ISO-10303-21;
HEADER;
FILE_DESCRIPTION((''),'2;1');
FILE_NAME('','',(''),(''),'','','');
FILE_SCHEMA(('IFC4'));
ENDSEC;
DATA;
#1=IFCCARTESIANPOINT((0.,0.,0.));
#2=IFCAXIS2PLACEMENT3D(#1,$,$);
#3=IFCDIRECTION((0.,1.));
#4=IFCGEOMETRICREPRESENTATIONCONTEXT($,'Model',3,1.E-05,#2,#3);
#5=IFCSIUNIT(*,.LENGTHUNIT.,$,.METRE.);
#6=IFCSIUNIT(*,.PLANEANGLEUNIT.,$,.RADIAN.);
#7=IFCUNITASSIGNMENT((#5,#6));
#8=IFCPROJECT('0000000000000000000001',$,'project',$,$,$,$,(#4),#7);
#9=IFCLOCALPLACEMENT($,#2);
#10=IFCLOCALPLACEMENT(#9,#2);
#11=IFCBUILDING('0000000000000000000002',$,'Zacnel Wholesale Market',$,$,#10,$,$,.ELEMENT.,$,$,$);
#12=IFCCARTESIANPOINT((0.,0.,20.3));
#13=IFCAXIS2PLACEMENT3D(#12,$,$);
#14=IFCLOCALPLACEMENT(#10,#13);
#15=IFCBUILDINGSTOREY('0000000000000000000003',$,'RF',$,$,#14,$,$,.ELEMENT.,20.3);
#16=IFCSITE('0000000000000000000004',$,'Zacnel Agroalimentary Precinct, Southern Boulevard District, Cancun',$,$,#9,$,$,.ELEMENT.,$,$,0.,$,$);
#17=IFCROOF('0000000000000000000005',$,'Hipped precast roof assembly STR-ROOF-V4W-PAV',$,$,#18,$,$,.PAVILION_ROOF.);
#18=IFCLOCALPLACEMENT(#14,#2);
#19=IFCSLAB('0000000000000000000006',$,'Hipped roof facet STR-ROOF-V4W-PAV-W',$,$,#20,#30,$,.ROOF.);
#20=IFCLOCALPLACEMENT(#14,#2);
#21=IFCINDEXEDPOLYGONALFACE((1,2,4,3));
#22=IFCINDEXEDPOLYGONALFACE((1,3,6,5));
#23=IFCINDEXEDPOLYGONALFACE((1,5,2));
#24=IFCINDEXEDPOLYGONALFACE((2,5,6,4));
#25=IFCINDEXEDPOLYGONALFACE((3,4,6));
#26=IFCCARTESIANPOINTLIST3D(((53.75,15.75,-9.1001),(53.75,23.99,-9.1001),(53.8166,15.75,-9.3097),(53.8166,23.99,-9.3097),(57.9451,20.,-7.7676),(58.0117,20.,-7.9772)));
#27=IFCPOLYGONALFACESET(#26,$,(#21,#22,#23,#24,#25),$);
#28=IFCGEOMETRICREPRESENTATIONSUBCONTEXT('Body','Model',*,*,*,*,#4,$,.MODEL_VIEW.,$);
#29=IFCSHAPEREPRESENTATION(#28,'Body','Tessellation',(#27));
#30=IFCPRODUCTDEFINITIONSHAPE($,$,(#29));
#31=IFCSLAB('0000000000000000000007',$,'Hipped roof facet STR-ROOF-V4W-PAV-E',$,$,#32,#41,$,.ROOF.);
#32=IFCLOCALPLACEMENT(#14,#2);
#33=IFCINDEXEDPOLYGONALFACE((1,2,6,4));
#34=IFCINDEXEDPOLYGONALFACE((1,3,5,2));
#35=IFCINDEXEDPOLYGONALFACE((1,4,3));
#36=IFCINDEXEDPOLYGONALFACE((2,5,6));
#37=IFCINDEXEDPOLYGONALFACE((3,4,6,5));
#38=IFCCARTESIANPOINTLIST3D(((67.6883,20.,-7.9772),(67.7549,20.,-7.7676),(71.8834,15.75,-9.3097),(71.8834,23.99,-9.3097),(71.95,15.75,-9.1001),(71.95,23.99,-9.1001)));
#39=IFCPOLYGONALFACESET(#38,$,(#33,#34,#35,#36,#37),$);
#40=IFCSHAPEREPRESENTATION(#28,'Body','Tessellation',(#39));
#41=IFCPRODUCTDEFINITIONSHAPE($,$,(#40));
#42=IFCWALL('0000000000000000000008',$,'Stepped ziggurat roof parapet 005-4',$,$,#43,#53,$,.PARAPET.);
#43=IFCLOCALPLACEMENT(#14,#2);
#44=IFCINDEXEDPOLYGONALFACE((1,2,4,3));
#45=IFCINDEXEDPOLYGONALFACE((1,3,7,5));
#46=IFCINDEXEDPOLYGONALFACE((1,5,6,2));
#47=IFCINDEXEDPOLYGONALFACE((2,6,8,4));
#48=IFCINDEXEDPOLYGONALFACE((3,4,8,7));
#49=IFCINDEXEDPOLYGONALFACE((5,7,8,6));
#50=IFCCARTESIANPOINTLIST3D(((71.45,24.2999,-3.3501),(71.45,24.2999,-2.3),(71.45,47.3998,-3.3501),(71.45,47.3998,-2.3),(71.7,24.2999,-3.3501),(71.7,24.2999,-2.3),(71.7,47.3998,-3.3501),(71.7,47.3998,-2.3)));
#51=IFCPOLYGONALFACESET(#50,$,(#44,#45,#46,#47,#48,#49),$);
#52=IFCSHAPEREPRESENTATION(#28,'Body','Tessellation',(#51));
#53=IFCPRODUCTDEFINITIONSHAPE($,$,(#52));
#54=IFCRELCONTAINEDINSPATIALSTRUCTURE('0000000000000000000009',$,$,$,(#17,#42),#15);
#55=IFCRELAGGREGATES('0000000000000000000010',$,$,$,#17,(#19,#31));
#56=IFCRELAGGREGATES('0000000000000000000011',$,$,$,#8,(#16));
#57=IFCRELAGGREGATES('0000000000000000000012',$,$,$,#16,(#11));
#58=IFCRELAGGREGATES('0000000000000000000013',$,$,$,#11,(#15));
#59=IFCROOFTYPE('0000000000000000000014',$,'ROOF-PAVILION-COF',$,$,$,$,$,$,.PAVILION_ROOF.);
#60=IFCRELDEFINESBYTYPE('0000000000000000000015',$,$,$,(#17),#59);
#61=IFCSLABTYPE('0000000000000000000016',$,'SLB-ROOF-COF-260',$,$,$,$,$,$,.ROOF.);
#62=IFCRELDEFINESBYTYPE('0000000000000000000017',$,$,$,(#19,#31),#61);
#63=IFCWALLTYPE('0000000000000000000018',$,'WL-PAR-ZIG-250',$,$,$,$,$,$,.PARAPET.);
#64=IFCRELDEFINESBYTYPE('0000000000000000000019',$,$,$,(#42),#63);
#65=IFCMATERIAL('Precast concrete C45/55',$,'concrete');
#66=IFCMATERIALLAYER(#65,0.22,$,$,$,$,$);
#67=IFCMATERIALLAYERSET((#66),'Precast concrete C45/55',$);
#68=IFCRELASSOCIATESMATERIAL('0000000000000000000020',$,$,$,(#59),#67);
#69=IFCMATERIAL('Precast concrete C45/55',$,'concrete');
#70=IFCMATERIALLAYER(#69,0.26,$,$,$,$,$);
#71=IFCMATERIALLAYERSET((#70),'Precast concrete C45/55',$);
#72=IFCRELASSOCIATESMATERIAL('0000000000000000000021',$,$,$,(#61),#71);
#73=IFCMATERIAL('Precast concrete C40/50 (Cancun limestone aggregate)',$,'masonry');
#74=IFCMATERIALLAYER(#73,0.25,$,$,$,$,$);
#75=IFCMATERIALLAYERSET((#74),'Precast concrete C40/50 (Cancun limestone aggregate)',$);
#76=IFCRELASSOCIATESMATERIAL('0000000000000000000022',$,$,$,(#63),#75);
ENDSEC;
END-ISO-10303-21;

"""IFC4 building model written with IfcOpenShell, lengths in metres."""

from ifc_helpers import new_model, si_unit, direction, frame, frame_2d, origin, place, context, subcontext, project, spatial, polyline, rectangle, outline, extrude, material, layer, layer_set, type_object, element, aggregate, save


model = new_model("IFC4")

# Units and contexts
model_context = context("Model", 3, precision=1e-05, world=origin(), true_north=direction((0.0, 1.0)))
body_context = subcontext(model_context, "Body", "Model", "MODEL_VIEW")
ifc_project = project(units=[si_unit("LENGTHUNIT", "METRE"), si_unit("PLANEANGLEUNIT", "RADIAN")], contexts=[model_context])

# Site, building, storey
site_placement = place(None, origin())
site = spatial("IfcSite", under=ifc_project, at=site_placement, Name="Zacnel Agroalimentary Precinct, Southern Boulevard District, Cancun", CompositionType="ELEMENT", RefElevation=0.0)
building_placement = place(site_placement, origin())
building = spatial("IfcBuilding", under=site, at=building_placement, Name="Zacnel Wholesale Market", CompositionType="ELEMENT")
storey_placement = place(building_placement, frame((0.0, 0.0, 20.3)))
storey = spatial("IfcBuildingStorey", under=building, at=storey_placement, Name="RF", CompositionType="ELEMENT", Elevation=20.3)

# Roof, slabs
ifc_material_1 = material(Name="Precast concrete C45/55", Category="concrete")
ifc_layer_1 = layer(ifc_material_1, 0.22)
ifc_layer_set_1 = layer_set([ifc_layer_1], Name="Precast concrete C45/55")
roof_type = type_object("IfcRoofType", Name="ROOF-PAVILION-COF", PredefinedType="PAVILION_ROOF", material=ifc_layer_set_1)
ifc_material_2 = material(Name="Precast concrete C45/55", Category="concrete")
ifc_layer_2 = layer(ifc_material_2, 0.26)
ifc_layer_set_2 = layer_set([ifc_layer_2], Name="Precast concrete C45/55")
slab_type = type_object("IfcSlabType", Name="SLB-ROOF-COF-260", PredefinedType="ROOF", material=ifc_layer_set_2)
roof_1_placement = place(storey_placement, origin())
roof_1 = element("IfcRoof", 1, at=roof_1_placement, inside=storey, type_object=roof_type, Name="Hipped precast roof assembly STR-ROOF-V4W-PAV", PredefinedType="PAVILION_ROOF")
slab_1_placement = place(storey_placement, frame((53.75, 23.99, -9.1001), z_axis=(-0.302734, 0.0, 0.953075), x_axis=(0.0, -1.0, 0.0)))
slab_1 = element("IfcSlab", 2, at=slab_1_placement, type_object=slab_type, Name="Hipped roof facet STR-ROOF-V4W-PAV-W", PredefinedType="ROOF", context=body_context, shape_type="SweptSolid", body=[
    extrude(outline(polyline([(0.0, 0.0), (8.24, 0.0), (3.99, 4.4016), (0.0, 0.0)])), origin(), (0.0, 0.0, -1.0), 0.22),
])
slab_2_placement = place(storey_placement, frame((71.95, 15.75, -9.1001), z_axis=(0.302734, 0.0, 0.953075), x_axis=(0.0, 1.0, 0.0)))
slab_2 = element("IfcSlab", 3, at=slab_2_placement, type_object=slab_type, Name="Hipped roof facet STR-ROOF-V4W-PAV-E", PredefinedType="ROOF", context=body_context, shape_type="SweptSolid", body=[
    extrude(outline(polyline([(0.0, 0.0), (8.24, 0.0), (4.25, 4.4016), (0.0, 0.0)])), origin(), (0.0, 0.0, -1.0), 0.22),
])
aggregate(roof_1, [slab_1, slab_2])

# Wall
ifc_material_3 = material(Name="Precast concrete C40/50 (Cancun limestone aggregate)", Category="masonry")
ifc_layer_3 = layer(ifc_material_3, 0.25)
ifc_layer_set_3 = layer_set([ifc_layer_3], Name="Precast concrete C40/50 (Cancun limestone aggregate)")
wall_type = type_object("IfcWallType", Name="WL-PAR-ZIG-250", PredefinedType="PARAPET", material=ifc_layer_set_3)
wall_placement = place(storey_placement, frame((71.575, 24.3, -3.3501), z_axis=(0.0, 0.0, 1.0), x_axis=(0.0, 1.0, 0.0)))
element("IfcWall", 4, at=wall_placement, inside=storey, type_object=wall_type, Name="Stepped ziggurat roof parapet 005-4", PredefinedType="PARAPET", context=body_context, shape_type="SweptSolid", body=[
    extrude(rectangle(XDim=23.0999, YDim=0.25, at=frame_2d((11.5498, 0.0))), origin(), (0.0, 0.0, 1.0), 1.05),
])

save(model, "model.ifc")
